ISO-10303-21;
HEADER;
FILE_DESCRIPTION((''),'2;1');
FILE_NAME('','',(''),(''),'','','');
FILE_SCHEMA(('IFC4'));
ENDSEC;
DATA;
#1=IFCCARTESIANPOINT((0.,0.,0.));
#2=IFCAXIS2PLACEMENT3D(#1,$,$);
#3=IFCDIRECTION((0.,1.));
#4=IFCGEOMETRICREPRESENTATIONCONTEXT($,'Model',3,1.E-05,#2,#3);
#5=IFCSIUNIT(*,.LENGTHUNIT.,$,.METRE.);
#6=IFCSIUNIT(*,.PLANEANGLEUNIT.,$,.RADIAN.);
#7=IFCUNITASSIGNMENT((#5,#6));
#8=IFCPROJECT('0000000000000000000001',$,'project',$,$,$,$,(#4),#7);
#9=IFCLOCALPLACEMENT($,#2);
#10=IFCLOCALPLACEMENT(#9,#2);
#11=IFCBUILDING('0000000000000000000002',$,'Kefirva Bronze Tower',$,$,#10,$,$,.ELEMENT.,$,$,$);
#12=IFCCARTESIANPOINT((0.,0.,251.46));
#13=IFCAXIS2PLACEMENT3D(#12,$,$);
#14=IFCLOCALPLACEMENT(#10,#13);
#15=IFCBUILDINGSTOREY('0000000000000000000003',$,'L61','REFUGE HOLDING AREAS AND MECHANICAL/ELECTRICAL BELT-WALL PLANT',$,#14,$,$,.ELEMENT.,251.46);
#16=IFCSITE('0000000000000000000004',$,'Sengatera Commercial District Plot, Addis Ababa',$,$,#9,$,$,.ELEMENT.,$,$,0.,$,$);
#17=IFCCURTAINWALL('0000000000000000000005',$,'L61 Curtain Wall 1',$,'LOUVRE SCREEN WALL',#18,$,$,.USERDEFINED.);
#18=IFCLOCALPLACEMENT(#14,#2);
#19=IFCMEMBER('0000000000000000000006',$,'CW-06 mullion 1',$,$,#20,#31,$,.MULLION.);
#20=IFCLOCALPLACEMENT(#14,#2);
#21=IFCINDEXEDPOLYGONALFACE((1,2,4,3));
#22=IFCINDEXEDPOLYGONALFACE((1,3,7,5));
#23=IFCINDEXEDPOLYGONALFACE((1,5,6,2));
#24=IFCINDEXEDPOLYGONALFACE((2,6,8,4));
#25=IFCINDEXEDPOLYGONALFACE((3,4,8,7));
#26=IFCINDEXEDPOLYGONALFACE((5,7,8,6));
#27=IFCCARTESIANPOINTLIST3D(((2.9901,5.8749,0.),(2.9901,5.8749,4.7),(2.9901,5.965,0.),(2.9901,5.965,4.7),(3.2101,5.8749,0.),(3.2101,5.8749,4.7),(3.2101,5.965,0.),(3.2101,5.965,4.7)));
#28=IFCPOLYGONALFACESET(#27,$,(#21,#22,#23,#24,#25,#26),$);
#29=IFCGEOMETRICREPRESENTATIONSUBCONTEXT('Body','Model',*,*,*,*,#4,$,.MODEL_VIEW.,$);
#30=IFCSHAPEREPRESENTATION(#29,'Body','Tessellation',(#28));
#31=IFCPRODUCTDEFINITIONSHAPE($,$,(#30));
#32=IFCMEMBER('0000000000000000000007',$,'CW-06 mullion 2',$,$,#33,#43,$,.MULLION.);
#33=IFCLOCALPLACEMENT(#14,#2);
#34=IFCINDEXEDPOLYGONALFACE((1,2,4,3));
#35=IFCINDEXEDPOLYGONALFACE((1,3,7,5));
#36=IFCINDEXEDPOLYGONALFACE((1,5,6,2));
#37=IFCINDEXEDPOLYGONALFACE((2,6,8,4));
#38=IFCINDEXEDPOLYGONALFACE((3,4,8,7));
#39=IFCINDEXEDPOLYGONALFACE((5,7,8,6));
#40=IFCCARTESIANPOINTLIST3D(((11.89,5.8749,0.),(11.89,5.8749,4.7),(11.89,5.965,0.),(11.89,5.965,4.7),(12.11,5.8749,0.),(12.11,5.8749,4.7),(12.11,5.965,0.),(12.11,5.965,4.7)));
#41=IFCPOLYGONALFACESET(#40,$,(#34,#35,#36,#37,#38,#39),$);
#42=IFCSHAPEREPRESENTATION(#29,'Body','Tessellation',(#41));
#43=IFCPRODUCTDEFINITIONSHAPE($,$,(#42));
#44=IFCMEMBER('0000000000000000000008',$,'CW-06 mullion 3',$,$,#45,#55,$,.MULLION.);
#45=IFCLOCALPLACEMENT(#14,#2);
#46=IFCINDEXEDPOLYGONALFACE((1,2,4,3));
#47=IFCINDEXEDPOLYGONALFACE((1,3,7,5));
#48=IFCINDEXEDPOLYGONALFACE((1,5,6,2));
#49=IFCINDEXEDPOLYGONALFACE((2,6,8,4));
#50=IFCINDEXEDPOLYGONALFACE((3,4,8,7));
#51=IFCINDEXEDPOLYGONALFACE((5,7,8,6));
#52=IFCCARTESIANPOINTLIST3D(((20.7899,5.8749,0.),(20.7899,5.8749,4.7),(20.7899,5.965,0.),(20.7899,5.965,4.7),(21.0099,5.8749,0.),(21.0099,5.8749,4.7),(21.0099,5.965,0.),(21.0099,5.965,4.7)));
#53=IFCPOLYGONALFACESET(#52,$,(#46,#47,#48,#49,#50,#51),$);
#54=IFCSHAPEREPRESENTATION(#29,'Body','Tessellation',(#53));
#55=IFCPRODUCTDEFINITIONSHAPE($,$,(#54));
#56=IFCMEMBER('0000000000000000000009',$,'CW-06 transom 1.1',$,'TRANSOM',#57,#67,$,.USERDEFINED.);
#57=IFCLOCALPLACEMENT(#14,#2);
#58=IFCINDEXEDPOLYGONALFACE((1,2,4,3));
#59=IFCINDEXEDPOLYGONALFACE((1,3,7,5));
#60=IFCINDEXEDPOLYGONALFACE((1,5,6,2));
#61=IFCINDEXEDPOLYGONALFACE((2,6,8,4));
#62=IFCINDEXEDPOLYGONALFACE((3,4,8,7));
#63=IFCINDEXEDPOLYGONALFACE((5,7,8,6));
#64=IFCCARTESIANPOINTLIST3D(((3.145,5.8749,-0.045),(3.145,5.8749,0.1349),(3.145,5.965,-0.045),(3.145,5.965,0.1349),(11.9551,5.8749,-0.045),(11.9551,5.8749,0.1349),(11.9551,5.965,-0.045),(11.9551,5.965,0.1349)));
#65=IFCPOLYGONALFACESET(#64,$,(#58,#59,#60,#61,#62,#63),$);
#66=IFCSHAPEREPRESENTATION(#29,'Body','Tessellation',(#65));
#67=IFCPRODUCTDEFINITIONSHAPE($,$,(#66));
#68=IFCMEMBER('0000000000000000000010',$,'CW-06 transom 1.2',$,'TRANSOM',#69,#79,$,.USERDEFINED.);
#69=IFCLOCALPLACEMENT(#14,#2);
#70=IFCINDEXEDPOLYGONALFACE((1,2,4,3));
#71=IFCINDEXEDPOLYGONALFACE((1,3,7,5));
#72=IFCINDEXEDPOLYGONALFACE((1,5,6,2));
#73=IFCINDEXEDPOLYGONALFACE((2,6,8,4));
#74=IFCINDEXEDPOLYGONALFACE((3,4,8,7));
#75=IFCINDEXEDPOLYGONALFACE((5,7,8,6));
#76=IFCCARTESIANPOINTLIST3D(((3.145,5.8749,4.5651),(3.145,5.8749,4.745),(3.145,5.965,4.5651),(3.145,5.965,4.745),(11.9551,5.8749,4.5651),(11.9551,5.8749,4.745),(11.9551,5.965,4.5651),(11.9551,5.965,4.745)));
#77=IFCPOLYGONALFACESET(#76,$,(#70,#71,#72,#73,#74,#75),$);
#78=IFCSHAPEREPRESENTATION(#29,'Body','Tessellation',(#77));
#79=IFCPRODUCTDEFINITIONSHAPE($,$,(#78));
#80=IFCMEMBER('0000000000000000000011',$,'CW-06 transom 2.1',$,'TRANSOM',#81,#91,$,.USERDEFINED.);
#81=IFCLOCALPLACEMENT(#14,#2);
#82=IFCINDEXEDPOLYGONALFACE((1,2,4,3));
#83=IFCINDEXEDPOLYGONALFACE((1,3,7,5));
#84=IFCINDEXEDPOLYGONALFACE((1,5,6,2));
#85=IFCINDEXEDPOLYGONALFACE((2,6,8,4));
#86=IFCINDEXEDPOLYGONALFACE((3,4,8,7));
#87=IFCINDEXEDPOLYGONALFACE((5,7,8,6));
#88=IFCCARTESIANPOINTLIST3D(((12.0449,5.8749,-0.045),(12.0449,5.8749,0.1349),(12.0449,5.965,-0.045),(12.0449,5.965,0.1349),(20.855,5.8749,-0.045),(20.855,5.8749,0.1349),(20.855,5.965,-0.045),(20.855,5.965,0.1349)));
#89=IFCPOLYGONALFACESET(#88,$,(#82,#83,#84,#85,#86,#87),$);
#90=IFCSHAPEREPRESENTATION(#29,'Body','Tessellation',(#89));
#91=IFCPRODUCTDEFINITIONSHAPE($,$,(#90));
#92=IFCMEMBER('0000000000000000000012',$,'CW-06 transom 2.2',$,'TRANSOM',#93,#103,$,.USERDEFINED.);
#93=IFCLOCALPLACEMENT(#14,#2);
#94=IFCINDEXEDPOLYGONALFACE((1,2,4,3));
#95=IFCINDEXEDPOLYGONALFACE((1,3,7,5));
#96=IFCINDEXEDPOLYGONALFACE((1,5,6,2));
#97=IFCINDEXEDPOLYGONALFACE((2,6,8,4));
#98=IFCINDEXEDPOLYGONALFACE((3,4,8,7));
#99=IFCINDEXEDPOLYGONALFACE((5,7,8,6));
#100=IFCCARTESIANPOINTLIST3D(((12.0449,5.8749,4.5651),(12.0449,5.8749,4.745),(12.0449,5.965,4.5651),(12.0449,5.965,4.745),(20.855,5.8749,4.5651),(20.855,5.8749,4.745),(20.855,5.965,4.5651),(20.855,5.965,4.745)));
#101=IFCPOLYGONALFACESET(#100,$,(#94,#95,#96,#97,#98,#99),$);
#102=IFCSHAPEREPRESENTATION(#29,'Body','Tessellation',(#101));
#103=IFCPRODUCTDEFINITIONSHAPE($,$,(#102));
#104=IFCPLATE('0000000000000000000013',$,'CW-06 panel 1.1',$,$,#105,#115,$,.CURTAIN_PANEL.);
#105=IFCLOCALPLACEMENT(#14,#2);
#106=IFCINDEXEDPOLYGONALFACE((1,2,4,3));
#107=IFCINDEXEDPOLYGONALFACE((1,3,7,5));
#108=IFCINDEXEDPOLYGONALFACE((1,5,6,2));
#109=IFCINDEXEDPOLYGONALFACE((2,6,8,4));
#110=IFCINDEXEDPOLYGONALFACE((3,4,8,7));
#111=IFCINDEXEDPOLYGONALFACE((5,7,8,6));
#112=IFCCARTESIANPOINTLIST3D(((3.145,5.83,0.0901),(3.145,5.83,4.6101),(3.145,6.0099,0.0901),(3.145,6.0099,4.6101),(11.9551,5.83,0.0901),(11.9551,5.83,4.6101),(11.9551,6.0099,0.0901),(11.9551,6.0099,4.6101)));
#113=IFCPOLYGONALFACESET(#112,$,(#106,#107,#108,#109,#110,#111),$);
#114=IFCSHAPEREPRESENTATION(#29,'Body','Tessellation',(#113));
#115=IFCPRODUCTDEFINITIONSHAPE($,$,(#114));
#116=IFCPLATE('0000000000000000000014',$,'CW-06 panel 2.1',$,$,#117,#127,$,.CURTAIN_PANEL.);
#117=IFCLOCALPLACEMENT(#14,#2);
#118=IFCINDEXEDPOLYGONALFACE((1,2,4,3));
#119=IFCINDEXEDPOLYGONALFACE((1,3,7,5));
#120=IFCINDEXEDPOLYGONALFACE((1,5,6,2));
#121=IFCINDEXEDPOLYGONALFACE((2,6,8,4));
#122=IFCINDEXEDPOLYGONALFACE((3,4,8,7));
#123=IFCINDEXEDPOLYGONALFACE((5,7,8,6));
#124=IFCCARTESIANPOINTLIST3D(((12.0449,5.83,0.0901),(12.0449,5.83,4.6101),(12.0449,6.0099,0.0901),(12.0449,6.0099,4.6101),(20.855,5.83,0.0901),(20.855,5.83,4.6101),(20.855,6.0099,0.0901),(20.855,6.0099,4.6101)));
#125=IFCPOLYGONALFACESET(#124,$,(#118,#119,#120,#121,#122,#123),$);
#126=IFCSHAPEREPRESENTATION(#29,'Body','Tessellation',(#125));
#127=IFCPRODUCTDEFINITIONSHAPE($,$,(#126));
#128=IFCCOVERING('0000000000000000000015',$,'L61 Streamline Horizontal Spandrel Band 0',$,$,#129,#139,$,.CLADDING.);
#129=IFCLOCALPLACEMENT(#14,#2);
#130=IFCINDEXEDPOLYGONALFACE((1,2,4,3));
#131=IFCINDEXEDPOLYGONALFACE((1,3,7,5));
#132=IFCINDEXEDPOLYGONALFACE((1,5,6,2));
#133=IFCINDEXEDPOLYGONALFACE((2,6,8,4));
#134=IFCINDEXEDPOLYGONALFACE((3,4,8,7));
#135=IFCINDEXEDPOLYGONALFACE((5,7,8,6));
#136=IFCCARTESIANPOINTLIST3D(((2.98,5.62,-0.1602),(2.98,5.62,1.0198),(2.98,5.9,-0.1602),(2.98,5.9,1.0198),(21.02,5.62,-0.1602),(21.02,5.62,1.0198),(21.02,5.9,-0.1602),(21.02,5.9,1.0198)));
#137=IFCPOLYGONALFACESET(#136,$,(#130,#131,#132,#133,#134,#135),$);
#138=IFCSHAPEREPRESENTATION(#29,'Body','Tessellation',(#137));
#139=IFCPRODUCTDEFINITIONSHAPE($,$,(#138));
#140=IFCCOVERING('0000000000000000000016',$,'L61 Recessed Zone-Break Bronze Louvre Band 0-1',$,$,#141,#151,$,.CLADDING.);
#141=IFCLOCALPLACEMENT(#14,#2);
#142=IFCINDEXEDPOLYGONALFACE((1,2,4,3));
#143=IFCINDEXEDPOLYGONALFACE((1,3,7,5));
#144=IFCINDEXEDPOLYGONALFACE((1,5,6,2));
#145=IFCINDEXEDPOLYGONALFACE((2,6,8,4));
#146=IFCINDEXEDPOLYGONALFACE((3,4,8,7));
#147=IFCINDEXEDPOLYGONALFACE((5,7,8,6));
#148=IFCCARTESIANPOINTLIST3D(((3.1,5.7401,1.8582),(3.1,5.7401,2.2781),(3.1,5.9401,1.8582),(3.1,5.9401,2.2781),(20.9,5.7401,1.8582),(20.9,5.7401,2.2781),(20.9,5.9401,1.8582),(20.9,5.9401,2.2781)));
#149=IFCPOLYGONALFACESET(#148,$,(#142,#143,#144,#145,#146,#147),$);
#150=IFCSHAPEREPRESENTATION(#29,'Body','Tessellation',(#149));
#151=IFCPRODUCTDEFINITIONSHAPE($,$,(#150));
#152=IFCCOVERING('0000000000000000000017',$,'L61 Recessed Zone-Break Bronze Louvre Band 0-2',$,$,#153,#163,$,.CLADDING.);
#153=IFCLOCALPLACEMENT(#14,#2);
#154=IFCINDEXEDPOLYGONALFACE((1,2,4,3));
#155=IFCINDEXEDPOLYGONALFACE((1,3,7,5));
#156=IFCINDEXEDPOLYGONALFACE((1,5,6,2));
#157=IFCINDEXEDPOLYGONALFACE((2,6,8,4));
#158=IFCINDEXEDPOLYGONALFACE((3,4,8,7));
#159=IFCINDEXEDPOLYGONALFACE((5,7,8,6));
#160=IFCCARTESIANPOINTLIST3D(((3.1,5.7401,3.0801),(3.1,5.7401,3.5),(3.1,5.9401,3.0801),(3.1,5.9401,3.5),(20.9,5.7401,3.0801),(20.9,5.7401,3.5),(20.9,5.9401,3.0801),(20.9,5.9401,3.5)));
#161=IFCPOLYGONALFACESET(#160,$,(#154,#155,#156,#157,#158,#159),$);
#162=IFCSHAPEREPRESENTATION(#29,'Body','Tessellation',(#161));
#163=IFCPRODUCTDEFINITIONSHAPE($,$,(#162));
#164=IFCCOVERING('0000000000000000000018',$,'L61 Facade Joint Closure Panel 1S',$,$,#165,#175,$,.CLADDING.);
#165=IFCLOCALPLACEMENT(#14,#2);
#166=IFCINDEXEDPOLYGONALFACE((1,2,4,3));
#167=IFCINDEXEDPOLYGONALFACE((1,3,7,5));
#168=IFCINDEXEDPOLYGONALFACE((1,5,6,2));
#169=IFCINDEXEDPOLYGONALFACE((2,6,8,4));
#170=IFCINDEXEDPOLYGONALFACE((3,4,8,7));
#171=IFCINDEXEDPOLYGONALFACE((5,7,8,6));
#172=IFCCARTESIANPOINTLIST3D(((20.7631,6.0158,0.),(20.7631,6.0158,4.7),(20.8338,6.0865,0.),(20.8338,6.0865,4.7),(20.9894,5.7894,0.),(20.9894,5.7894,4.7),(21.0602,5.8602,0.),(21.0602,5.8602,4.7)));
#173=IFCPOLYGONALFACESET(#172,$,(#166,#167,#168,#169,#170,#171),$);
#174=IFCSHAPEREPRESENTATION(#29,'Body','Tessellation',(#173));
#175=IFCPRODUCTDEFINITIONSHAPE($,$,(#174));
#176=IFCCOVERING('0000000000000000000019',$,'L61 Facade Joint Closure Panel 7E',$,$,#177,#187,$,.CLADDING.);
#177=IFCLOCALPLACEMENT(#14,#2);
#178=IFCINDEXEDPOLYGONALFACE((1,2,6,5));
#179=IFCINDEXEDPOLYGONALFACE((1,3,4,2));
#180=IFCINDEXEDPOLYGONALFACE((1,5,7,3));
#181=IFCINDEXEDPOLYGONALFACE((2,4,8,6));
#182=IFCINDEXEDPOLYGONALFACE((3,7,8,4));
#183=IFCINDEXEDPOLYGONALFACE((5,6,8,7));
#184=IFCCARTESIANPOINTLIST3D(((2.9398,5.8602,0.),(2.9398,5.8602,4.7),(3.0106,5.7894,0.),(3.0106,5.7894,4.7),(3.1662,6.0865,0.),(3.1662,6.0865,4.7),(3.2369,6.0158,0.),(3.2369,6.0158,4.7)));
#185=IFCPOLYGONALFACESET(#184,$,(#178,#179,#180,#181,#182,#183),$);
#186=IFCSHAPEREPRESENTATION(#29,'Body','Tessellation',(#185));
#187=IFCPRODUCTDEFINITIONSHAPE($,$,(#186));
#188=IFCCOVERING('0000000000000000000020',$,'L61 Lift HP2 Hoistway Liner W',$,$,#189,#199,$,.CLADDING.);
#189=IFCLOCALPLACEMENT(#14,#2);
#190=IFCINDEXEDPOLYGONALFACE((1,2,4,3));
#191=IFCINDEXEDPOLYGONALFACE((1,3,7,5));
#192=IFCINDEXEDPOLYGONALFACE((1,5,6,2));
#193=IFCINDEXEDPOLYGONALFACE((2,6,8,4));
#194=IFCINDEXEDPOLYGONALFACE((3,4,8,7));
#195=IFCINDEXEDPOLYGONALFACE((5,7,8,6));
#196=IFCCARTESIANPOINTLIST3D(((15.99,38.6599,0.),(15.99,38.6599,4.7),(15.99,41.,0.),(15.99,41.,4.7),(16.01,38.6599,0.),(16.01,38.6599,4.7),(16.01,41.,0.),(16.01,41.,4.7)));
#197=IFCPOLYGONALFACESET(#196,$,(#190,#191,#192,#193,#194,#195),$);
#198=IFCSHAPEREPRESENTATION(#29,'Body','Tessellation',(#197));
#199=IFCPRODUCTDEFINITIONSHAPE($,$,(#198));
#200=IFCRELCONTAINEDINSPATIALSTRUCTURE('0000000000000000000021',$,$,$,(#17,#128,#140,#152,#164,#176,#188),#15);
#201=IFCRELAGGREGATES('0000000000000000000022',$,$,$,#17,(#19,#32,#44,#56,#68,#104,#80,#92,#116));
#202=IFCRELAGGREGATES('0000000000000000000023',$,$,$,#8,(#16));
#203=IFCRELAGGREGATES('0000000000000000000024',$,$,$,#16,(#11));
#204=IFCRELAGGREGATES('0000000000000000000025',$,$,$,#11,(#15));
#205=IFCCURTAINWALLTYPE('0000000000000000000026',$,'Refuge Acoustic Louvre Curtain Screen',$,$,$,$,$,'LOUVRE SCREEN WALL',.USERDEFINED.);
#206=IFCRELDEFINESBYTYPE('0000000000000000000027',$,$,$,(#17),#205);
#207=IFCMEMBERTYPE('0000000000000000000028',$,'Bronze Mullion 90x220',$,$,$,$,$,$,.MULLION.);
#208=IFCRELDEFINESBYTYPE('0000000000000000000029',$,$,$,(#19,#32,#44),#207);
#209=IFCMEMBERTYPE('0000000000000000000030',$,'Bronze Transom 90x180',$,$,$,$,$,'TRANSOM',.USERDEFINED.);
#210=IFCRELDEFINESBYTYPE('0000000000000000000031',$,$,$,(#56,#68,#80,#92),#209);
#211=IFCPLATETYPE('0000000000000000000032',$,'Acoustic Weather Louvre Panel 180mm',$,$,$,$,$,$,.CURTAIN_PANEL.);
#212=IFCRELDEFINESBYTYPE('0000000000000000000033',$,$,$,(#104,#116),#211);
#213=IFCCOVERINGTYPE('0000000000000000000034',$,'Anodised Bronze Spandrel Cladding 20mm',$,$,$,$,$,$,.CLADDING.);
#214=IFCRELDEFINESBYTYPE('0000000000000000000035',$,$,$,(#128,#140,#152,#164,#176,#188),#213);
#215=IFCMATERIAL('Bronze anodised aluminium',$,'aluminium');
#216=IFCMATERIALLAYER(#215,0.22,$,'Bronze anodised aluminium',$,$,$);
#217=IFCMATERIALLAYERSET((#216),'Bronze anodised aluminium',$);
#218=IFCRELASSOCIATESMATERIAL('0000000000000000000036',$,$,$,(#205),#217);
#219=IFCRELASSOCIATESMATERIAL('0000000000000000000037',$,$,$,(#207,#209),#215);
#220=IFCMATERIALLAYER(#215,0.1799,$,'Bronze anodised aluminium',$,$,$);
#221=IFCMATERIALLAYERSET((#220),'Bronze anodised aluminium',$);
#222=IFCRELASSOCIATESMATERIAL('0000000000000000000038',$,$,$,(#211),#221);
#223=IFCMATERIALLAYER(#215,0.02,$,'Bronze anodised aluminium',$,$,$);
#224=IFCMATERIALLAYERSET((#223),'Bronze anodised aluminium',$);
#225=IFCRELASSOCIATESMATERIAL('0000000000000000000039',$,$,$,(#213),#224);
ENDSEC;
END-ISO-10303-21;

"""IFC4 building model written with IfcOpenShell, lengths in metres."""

from ifc_helpers import new_model, si_unit, direction, frame, origin, origin_2d, place, context, subcontext, project, spatial, polyline, rectangle, outline, extrude, material, layer, layer_set, material_profile, profile_set, type_object, element, aggregate, save


model = new_model("IFC4")

# Units and contexts
model_context = context("Model", 3, precision=1e-05, world=origin(), true_north=direction((0.0, 1.0)))
body_context = subcontext(model_context, "Body", "Model", "MODEL_VIEW")
ifc_project = project(units=[si_unit("LENGTHUNIT", "METRE"), si_unit("PLANEANGLEUNIT", "RADIAN")], contexts=[model_context])

# Site, building, storey
site_placement = place(None, origin())
site = spatial("IfcSite", under=ifc_project, at=site_placement, Name="Sengatera Commercial District Plot, Addis Ababa", CompositionType="ELEMENT", RefElevation=0.0)
building_placement = place(site_placement, origin())
building = spatial("IfcBuilding", under=site, at=building_placement, Name="Kefirva Bronze Tower", CompositionType="ELEMENT")
storey_placement = place(building_placement, frame((0.0, 0.0, 251.46)))
storey = spatial("IfcBuildingStorey", under=building, at=storey_placement, Name="L61", Description="REFUGE HOLDING AREAS AND MECHANICAL/ELECTRICAL BELT-WALL PLANT", CompositionType="ELEMENT", Elevation=251.46)

# Curtain wall, members, plates
ifc_material = material(Name="Bronze anodised aluminium", Category="aluminium")
ifc_layer_1 = layer(ifc_material, 0.22, Name="Bronze anodised aluminium")
ifc_layer_set_1 = layer_set([ifc_layer_1], Name="Bronze anodised aluminium")
curtain_wall_type = type_object("IfcCurtainWallType", Name="Refuge Acoustic Louvre Curtain Screen", ElementType="LOUVRE SCREEN WALL", PredefinedType="USERDEFINED", material=ifc_layer_set_1)
curtain_wall_placement = place(storey_placement, origin())
curtain_wall = element("IfcCurtainWall", 1, at=curtain_wall_placement, inside=storey, type_object=curtain_wall_type, Name="L61 Curtain Wall 1", ObjectType="LOUVRE SCREEN WALL", PredefinedType="USERDEFINED")
ifc_material_profile_1 = material_profile(ifc_material, rectangle(XDim=0.0901, YDim=0.22, at=origin_2d()), Name="ALU 90x220")
ifc_profile_set_1 = profile_set([ifc_material_profile_1], Name="Bronze anodised aluminium")
member_type_1 = type_object("IfcMemberType", Name="Bronze Mullion 90x220", PredefinedType="MULLION", material=ifc_profile_set_1)
member_1_placement = place(storey_placement, frame((3.1001, 5.9199, 0.0), z_axis=(0.0, 0.0, 1.0), x_axis=(0.0, 1.0, 0.0)))
member_1 = element("IfcMember", 2, at=member_1_placement, type_object=member_type_1, Name="CW-06 mullion 1", PredefinedType="MULLION", context=body_context, shape_type="SweptSolid", body=[
    extrude(rectangle(XDim=0.0901, YDim=0.22, at=origin_2d()), origin(), (0.0, 0.0, 1.0), 4.7),
])
member_2_placement = place(storey_placement, frame((12.0, 5.9199, 0.0), z_axis=(0.0, 0.0, 1.0), x_axis=(0.0, 1.0, 0.0)))
member_2 = element("IfcMember", 3, at=member_2_placement, type_object=member_type_1, Name="CW-06 mullion 2", PredefinedType="MULLION", context=body_context, shape_type="SweptSolid", body=[
    extrude(rectangle(XDim=0.0901, YDim=0.22, at=origin_2d()), origin(), (0.0, 0.0, 1.0), 4.7),
])
member_3_placement = place(storey_placement, frame((20.8999, 5.9199, 0.0), z_axis=(0.0, 0.0, 1.0), x_axis=(0.0, 1.0, 0.0)))
member_3 = element("IfcMember", 4, at=member_3_placement, type_object=member_type_1, Name="CW-06 mullion 3", PredefinedType="MULLION", context=body_context, shape_type="SweptSolid", body=[
    extrude(rectangle(XDim=0.0901, YDim=0.22, at=origin_2d()), origin(), (0.0, 0.0, 1.0), 4.7),
])
ifc_material_profile_2 = material_profile(ifc_material, rectangle(XDim=0.0901, YDim=0.1799, at=origin_2d()), Name="ALU 90x180")
ifc_profile_set_2 = profile_set([ifc_material_profile_2], Name="Bronze anodised aluminium")
member_type_2 = type_object("IfcMemberType", Name="Bronze Transom 90x180", ElementType="TRANSOM", PredefinedType="USERDEFINED", material=ifc_profile_set_2)
member_4_placement = place(storey_placement, frame((3.145, 5.9199, 0.0449), z_axis=(1.0, 0.0, 0.0), x_axis=(0.0, 1.0, 0.0)))
member_4 = element("IfcMember", 5, at=member_4_placement, type_object=member_type_2, Name="CW-06 transom 1.1", ObjectType="TRANSOM", PredefinedType="USERDEFINED", context=body_context, shape_type="SweptSolid", body=[
    extrude(rectangle(XDim=0.0901, YDim=0.1799, at=origin_2d()), origin(), (0.0, 0.0, 1.0), 8.8101),
])
member_5_placement = place(storey_placement, frame((3.145, 5.9199, 4.655), z_axis=(1.0, 0.0, 0.0), x_axis=(0.0, 1.0, 0.0)))
member_5 = element("IfcMember", 6, at=member_5_placement, type_object=member_type_2, Name="CW-06 transom 1.2", ObjectType="TRANSOM", PredefinedType="USERDEFINED", context=body_context, shape_type="SweptSolid", body=[
    extrude(rectangle(XDim=0.0901, YDim=0.1799, at=origin_2d()), origin(), (0.0, 0.0, 1.0), 8.8101),
])
member_6_placement = place(storey_placement, frame((12.0449, 5.9199, 0.0449), z_axis=(1.0, 0.0, 0.0), x_axis=(0.0, 1.0, 0.0)))
member_6 = element("IfcMember", 7, at=member_6_placement, type_object=member_type_2, Name="CW-06 transom 2.1", ObjectType="TRANSOM", PredefinedType="USERDEFINED", context=body_context, shape_type="SweptSolid", body=[
    extrude(rectangle(XDim=0.0901, YDim=0.1799, at=origin_2d()), origin(), (0.0, 0.0, 1.0), 8.8101),
])
member_7_placement = place(storey_placement, frame((12.0449, 5.9199, 4.655), z_axis=(1.0, 0.0, 0.0), x_axis=(0.0, 1.0, 0.0)))
member_7 = element("IfcMember", 8, at=member_7_placement, type_object=member_type_2, Name="CW-06 transom 2.2", ObjectType="TRANSOM", PredefinedType="USERDEFINED", context=body_context, shape_type="SweptSolid", body=[
    extrude(rectangle(XDim=0.0901, YDim=0.1799, at=origin_2d()), origin(), (0.0, 0.0, 1.0), 8.8101),
])
ifc_layer_2 = layer(ifc_material, 0.1799, Name="Bronze anodised aluminium")
ifc_layer_set_2 = layer_set([ifc_layer_2], Name="Bronze anodised aluminium")
plate_type = type_object("IfcPlateType", Name="Acoustic Weather Louvre Panel 180mm", PredefinedType="CURTAIN_PANEL", material=ifc_layer_set_2)
plate_1_placement = place(storey_placement, frame((7.55, 5.9199, 0.0901), z_axis=(0.0, 0.0, 1.0), x_axis=(1.0, 0.0, 0.0)))
plate_1 = element("IfcPlate", 9, at=plate_1_placement, type_object=plate_type, Name="CW-06 panel 1.1", PredefinedType="CURTAIN_PANEL", context=body_context, shape_type="SweptSolid", body=[
    extrude(rectangle(XDim=8.8101, YDim=0.1799, at=origin_2d()), origin(), (0.0, 0.0, 1.0), 4.52),
])
plate_2_placement = place(storey_placement, frame((16.45, 5.9199, 0.0901), z_axis=(0.0, 0.0, 1.0), x_axis=(1.0, 0.0, 0.0)))
plate_2 = element("IfcPlate", 10, at=plate_2_placement, type_object=plate_type, Name="CW-06 panel 2.1", PredefinedType="CURTAIN_PANEL", context=body_context, shape_type="SweptSolid", body=[
    extrude(rectangle(XDim=8.8101, YDim=0.1799, at=origin_2d()), origin(), (0.0, 0.0, 1.0), 4.52),
])
aggregate(curtain_wall, [member_1, member_2, member_3, member_4, member_5, plate_1, member_6, member_7, plate_2])

# Coverings
ifc_layer_3 = layer(ifc_material, 0.02, Name="Bronze anodised aluminium")
ifc_layer_set_3 = layer_set([ifc_layer_3], Name="Bronze anodised aluminium")
covering_type_1 = type_object("IfcCoveringType", Name="Anodised Bronze Spandrel Cladding 20mm", PredefinedType="CLADDING", material=ifc_layer_set_3)
covering_1_placement = place(storey_placement, frame((12.0, 5.76, -0.1602), z_axis=(0.0, 0.0, 1.0), x_axis=(1.0, 0.0, 0.0)))
element("IfcCovering", 11, at=covering_1_placement, inside=storey, type_object=covering_type_1, Name="L61 Streamline Horizontal Spandrel Band 0", PredefinedType="CLADDING", context=body_context, shape_type="SweptSolid", body=[
    extrude(rectangle(XDim=18.04, YDim=0.28, at=origin_2d()), origin(), (0.0, 0.0, 1.0), 1.1799),
])
for number, where, z_axis, x_axis, name in (
    (12, (12.0, 5.8401, 1.8582), (0.0, 0.0, 1.0), (1.0, 0.0, 0.0), "L61 Recessed Zone-Break Bronze Louvre Band 0-1"),
    (13, (12.0, 5.8401, 3.0801), (0.0, 0.0, 1.0), (1.0, 0.0, 0.0), "L61 Recessed Zone-Break Bronze Louvre Band 0-2"),
):
    element("IfcCovering", number, at=place(storey_placement, frame(where, z_axis=z_axis, x_axis=x_axis)), inside=storey, type_object=covering_type_1, Name=name, PredefinedType="CLADDING", context=body_context, shape_type="SweptSolid", body=[
        extrude(rectangle(XDim=17.8, YDim=0.2, at=origin_2d()), origin(), (0.0, 0.0, 1.0), 0.4199),
    ])
for number, where, z_axis, x_axis, name in (
    (14, (20.9116, 5.938, 0.0), (0.0, 0.0, 1.0), (0.707107, 0.707107, 0.0), "L61 Facade Joint Closure Panel 1S"),
    (15, (3.0884, 5.938, 0.0), (0.0, 0.0, 1.0), (0.707107, -0.707107, 0.0), "L61 Facade Joint Closure Panel 7E"),
):
    element("IfcCovering", number, at=place(storey_placement, frame(where, z_axis=z_axis, x_axis=x_axis)), inside=storey, type_object=covering_type_1, Name=name, PredefinedType="CLADDING", context=body_context, shape_type="SweptSolid", body=[
        extrude(rectangle(XDim=0.1001, YDim=0.3201, at=origin_2d()), origin(), (0.0, 0.0, 1.0), 4.7),
    ])
covering_2_placement = place(storey_placement, origin())
element("IfcCovering", 16, at=covering_2_placement, inside=storey, type_object=covering_type_1, Name="L61 Lift HP2 Hoistway Liner W", PredefinedType="CLADDING", context=body_context, shape_type="SweptSolid", body=[
    extrude(outline(polyline([(15.99, 38.6599), (16.01, 38.6599), (16.01, 41.0), (15.99, 41.0), (15.99, 38.6599)])), origin(), (0.0, 0.0, 1.0), 4.7),
])

save(model, "model.ifc")
